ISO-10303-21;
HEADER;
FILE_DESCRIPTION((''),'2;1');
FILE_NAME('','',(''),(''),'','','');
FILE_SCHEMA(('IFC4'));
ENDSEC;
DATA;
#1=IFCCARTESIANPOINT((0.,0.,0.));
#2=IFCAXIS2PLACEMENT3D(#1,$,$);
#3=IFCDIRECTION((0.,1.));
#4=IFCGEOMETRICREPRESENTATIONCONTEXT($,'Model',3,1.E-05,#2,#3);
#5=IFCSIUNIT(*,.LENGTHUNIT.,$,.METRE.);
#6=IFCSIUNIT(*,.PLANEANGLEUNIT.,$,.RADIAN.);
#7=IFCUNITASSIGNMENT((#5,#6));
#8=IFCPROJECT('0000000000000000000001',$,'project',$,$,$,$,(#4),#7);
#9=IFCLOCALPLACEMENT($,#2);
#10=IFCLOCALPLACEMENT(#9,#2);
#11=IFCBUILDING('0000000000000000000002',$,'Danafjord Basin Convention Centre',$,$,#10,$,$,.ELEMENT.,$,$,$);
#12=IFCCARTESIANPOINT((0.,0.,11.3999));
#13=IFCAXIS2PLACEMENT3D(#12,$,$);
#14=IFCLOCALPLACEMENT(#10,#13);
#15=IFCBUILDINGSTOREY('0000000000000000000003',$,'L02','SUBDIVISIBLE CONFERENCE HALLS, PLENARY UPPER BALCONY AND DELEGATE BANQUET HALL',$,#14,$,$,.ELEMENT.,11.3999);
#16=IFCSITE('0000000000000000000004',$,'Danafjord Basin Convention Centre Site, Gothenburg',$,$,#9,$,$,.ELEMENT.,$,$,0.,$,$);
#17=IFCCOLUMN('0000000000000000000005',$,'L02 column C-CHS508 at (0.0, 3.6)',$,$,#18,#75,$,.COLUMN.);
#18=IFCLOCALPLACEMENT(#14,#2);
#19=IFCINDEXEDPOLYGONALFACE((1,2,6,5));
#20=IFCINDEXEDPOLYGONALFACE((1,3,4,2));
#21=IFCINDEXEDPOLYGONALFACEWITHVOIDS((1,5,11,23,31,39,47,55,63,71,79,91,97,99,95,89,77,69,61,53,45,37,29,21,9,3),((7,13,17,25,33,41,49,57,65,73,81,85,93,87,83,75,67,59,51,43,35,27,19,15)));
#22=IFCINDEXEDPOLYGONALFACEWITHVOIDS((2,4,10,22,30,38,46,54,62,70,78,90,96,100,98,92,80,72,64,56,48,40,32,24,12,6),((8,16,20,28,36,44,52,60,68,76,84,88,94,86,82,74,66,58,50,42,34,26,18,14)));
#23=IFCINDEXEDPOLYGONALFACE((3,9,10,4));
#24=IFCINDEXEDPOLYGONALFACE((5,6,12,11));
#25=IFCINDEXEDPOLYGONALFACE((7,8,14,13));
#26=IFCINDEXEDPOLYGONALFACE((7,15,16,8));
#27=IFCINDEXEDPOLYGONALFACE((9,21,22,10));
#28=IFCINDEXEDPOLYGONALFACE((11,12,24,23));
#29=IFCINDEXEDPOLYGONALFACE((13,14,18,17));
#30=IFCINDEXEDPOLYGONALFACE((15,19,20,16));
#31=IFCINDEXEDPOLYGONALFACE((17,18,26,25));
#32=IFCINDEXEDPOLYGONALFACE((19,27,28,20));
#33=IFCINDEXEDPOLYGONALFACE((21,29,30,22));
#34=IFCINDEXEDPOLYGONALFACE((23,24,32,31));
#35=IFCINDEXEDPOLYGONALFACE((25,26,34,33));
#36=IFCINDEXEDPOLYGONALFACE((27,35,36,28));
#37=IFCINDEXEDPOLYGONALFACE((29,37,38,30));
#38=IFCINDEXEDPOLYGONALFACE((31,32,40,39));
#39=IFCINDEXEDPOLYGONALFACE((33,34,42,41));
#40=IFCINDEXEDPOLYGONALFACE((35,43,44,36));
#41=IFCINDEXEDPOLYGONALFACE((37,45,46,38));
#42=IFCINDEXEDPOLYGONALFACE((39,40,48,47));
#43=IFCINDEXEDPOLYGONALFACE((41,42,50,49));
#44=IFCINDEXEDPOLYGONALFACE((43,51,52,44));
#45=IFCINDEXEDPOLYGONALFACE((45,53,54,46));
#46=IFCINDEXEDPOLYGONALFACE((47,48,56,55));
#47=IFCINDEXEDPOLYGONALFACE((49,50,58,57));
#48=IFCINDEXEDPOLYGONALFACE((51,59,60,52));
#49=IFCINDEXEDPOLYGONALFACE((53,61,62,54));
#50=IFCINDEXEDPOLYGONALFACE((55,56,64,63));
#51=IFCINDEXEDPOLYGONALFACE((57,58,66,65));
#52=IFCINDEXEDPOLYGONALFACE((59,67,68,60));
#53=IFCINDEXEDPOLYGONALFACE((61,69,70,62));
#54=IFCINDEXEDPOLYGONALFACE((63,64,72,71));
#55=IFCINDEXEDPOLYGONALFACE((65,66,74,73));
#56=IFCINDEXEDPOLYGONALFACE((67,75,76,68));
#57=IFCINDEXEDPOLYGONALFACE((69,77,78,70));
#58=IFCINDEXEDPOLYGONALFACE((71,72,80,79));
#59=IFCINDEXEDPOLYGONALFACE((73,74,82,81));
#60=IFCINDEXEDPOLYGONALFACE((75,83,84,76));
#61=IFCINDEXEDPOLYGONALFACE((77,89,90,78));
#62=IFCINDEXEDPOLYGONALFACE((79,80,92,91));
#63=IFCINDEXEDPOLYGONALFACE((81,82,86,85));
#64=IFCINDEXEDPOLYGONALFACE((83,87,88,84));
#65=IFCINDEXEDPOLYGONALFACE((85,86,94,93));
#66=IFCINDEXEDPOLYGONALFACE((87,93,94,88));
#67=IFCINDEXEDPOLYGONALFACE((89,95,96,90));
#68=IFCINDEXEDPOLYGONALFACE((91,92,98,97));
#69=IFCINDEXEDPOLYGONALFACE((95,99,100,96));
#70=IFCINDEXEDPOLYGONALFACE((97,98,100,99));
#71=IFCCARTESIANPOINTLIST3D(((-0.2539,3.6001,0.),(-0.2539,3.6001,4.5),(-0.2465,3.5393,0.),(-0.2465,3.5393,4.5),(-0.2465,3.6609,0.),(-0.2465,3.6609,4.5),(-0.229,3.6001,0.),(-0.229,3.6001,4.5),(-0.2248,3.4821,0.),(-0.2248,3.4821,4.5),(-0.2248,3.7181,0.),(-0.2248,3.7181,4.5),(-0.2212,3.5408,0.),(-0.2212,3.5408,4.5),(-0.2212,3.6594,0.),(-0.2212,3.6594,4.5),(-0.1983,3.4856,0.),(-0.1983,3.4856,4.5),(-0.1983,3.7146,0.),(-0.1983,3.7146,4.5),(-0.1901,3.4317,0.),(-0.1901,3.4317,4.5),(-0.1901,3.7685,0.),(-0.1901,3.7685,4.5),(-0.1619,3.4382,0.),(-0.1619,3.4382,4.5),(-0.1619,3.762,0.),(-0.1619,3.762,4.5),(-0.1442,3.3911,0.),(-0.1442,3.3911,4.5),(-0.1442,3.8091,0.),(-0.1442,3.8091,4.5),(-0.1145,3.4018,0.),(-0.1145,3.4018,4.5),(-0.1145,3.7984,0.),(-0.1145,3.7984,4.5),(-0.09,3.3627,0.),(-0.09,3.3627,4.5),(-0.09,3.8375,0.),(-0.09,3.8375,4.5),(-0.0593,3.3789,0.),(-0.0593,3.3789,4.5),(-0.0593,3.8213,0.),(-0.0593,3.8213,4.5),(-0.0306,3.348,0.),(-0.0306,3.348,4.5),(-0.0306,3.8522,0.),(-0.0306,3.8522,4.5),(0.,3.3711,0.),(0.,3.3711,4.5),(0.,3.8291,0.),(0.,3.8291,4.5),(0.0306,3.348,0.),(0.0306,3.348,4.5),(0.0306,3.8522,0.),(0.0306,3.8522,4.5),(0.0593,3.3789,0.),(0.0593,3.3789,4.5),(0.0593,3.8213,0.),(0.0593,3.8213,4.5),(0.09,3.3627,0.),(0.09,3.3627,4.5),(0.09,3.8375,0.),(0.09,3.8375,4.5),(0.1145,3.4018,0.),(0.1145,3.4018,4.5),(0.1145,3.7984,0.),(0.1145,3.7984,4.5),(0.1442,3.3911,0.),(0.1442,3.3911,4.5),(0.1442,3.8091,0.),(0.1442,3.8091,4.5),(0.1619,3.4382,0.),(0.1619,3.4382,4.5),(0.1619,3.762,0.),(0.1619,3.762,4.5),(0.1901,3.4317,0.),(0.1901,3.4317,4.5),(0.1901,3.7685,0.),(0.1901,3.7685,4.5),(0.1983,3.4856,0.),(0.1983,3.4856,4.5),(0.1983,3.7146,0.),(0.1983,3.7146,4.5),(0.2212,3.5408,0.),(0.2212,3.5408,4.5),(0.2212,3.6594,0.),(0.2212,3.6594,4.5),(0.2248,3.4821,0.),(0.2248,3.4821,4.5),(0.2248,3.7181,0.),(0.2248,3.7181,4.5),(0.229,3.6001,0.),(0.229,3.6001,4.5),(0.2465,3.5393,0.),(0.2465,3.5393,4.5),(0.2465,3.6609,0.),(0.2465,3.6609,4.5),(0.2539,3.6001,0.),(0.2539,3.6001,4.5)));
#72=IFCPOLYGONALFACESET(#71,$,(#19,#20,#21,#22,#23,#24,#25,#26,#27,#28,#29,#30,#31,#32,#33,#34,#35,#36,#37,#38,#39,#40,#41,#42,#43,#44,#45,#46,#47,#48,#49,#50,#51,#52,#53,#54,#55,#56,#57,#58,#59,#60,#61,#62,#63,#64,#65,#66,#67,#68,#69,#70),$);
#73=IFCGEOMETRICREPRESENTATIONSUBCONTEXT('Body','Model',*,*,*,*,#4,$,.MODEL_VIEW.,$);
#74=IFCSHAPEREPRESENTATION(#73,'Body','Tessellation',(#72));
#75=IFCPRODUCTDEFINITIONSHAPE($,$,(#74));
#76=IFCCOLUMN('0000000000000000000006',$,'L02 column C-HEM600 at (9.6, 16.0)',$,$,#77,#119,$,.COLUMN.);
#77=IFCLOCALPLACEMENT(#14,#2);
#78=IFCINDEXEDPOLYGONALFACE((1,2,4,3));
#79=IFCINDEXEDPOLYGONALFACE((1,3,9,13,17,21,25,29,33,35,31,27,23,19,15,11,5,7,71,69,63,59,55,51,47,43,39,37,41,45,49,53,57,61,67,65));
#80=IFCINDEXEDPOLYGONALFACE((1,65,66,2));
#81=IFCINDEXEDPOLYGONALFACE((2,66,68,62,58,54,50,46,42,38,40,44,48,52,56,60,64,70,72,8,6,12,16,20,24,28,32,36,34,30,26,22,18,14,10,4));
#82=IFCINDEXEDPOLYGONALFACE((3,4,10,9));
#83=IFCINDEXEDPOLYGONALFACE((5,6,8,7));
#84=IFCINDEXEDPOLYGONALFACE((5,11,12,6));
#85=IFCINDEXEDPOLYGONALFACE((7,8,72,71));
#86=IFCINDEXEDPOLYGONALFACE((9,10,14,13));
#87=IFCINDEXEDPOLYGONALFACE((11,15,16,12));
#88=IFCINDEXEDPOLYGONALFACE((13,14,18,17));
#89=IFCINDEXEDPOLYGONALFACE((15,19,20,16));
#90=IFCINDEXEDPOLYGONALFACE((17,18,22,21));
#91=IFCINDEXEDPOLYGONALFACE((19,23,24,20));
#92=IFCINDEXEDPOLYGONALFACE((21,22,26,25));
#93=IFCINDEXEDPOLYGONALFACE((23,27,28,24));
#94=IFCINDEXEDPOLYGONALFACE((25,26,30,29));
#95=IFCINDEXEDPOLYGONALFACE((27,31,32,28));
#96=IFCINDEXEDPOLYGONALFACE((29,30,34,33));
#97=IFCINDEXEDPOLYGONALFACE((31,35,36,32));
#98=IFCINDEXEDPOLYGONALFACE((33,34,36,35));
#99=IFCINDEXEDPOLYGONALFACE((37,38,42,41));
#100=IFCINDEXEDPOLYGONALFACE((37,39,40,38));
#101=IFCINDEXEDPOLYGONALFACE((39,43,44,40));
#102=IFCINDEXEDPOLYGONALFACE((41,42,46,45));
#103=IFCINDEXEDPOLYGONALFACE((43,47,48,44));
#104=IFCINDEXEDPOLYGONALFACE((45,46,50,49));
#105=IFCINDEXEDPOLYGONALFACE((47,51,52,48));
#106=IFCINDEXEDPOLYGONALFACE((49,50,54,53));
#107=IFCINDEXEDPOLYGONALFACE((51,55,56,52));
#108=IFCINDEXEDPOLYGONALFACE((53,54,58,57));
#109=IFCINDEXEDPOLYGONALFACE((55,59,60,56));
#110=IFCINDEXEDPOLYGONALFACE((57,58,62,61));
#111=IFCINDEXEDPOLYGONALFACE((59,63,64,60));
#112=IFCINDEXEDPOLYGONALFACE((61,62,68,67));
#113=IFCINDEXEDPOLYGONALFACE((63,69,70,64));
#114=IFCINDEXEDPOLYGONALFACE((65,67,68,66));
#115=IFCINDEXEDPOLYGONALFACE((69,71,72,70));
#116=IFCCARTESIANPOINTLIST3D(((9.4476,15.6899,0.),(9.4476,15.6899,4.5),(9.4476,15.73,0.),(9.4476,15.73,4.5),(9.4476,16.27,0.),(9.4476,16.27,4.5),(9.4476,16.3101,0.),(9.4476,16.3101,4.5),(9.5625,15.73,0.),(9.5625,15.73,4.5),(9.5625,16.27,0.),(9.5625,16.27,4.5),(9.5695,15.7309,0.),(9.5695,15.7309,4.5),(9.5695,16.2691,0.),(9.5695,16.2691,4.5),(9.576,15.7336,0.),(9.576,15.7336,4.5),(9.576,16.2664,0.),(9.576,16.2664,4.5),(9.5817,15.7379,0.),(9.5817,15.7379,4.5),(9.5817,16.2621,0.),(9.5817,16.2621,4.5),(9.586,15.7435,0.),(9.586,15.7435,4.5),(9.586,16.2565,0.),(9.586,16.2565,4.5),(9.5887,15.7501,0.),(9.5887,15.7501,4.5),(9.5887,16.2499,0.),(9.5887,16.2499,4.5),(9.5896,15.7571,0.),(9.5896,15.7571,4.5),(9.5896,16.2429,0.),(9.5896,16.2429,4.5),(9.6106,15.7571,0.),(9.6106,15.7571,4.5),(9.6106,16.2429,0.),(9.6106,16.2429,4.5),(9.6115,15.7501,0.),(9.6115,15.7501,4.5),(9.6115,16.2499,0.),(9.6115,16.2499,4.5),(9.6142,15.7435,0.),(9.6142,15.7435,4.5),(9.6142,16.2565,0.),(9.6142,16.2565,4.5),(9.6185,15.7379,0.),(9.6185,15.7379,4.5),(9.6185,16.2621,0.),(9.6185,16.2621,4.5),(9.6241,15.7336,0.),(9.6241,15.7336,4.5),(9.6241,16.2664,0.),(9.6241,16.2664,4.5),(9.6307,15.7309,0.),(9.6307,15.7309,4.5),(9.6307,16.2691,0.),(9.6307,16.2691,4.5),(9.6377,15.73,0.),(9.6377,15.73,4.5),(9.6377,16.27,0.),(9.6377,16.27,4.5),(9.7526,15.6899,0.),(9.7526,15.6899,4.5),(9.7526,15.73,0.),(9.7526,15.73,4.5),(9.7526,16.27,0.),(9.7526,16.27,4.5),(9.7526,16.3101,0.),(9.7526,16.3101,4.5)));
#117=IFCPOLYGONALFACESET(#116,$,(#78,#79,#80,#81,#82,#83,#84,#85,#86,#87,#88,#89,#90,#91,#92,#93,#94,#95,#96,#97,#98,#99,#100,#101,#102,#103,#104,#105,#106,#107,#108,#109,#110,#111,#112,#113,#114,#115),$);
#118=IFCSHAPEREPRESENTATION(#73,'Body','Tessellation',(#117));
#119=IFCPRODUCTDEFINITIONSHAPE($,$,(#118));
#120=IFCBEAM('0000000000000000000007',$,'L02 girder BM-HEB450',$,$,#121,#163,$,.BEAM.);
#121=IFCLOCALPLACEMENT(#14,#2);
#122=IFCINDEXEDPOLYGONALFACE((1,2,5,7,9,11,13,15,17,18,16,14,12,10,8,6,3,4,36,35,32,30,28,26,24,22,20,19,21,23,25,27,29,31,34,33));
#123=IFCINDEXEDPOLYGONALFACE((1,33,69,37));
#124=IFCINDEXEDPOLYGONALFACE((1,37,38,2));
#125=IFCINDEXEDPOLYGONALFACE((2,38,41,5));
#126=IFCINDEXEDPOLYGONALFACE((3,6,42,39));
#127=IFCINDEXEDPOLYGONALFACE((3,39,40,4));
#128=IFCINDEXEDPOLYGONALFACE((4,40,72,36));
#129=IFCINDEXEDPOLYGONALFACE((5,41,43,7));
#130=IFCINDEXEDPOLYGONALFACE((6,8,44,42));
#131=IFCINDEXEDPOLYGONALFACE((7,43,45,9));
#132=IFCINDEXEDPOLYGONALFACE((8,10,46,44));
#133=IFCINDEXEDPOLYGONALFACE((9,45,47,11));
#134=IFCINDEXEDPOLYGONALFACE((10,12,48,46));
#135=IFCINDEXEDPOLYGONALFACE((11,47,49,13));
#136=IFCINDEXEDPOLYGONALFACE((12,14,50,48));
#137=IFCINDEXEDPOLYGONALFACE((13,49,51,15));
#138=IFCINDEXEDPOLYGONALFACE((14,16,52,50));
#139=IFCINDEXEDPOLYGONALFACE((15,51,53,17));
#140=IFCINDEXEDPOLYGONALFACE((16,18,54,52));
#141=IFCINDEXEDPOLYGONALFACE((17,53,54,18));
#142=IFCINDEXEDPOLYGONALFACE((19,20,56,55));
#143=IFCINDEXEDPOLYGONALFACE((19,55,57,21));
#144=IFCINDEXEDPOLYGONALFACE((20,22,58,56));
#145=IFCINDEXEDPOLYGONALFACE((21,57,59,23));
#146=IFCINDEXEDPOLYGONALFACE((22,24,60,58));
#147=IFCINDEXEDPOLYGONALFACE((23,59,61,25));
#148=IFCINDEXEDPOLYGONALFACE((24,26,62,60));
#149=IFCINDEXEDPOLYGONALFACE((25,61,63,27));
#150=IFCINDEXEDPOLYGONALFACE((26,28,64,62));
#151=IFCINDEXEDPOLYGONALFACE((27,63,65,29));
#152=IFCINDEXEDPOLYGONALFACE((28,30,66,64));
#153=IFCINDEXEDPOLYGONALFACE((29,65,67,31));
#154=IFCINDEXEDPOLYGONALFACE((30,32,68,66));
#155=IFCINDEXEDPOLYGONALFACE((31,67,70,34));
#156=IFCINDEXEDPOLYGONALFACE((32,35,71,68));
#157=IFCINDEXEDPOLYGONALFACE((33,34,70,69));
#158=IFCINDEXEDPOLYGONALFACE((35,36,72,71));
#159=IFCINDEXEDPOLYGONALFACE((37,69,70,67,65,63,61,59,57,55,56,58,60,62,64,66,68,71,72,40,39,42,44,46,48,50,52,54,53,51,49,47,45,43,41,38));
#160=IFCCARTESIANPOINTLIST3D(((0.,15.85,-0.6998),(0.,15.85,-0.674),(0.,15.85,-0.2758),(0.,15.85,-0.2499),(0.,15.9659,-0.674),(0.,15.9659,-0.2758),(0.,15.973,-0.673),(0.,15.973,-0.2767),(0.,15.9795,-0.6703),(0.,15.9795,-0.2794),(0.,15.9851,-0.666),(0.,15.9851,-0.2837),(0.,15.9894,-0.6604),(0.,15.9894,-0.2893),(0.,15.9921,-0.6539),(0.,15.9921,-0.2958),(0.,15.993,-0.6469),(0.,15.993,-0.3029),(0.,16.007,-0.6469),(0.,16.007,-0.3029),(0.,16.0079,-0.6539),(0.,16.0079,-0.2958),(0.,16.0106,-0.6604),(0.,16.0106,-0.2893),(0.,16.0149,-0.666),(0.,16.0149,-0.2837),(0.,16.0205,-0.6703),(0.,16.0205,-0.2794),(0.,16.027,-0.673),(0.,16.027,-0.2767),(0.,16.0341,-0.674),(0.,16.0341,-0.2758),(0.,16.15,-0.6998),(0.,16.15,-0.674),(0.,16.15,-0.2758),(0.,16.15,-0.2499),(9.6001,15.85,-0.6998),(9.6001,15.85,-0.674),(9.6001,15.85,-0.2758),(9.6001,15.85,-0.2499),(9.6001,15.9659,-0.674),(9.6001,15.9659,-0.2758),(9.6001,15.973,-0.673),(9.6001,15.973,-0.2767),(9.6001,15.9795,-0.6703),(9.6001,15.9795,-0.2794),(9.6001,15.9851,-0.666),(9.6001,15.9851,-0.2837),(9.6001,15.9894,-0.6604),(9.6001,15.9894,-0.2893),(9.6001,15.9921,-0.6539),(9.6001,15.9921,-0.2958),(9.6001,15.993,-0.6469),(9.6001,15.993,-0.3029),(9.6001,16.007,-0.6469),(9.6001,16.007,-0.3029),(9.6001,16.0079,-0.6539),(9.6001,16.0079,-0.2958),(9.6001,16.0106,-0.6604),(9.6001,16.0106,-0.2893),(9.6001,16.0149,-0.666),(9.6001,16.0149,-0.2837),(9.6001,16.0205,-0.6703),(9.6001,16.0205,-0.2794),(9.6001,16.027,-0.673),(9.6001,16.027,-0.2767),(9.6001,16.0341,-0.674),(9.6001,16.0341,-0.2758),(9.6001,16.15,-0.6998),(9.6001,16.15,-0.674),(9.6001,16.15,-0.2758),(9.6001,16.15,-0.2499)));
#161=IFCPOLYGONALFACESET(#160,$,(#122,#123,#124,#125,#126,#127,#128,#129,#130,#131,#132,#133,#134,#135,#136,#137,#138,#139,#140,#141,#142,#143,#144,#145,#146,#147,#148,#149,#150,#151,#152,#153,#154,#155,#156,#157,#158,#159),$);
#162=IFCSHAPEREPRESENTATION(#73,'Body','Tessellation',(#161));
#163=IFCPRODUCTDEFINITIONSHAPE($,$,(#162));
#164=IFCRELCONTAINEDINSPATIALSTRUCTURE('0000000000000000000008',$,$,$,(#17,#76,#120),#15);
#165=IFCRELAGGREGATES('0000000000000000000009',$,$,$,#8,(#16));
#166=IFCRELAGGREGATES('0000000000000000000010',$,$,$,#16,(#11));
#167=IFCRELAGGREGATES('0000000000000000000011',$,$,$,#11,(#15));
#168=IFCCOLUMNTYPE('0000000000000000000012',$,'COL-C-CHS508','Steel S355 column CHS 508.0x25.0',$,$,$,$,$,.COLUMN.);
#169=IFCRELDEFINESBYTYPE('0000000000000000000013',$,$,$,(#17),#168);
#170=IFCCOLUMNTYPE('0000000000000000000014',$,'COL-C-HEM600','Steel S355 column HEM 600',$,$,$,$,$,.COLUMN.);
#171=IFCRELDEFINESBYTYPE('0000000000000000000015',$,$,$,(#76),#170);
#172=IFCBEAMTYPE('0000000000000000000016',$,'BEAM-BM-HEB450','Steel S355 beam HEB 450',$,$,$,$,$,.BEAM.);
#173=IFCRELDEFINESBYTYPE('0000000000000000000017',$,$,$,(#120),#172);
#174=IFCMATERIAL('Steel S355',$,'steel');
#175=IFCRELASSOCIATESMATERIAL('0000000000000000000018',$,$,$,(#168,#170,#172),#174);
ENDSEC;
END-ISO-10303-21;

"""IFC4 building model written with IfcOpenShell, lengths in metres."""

from ifc_helpers import new_model, si_unit, direction, frame, origin, origin_2d, place, context, subcontext, project, spatial, hollow_circle, i_section, extrude, material, material_profile, profile_set, type_object, element, save


model = new_model("IFC4")

# Units and contexts
model_context = context("Model", 3, precision=1e-05, world=origin(), true_north=direction((0.0, 1.0)))
body_context = subcontext(model_context, "Body", "Model", "MODEL_VIEW")
ifc_project = project(units=[si_unit("LENGTHUNIT", "METRE"), si_unit("PLANEANGLEUNIT", "RADIAN")], contexts=[model_context])

# Site, building, storey
site_placement = place(None, origin())
site = spatial("IfcSite", under=ifc_project, at=site_placement, Name="Danafjord Basin Convention Centre Site, Gothenburg", CompositionType="ELEMENT", RefElevation=0.0)
building_placement = place(site_placement, origin())
building = spatial("IfcBuilding", under=site, at=building_placement, Name="Danafjord Basin Convention Centre", CompositionType="ELEMENT")
storey_placement = place(building_placement, frame((0.0, 0.0, 11.3999)))
storey = spatial("IfcBuildingStorey", under=building, at=storey_placement, Name="L02", Description="SUBDIVISIBLE CONFERENCE HALLS, PLENARY UPPER BALCONY AND DELEGATE BANQUET HALL", CompositionType="ELEMENT", Elevation=11.3999)

# Columns
ifc_material_1 = material(Name="Steel S355", Category="steel")
ifc_material_profile_1 = material_profile(ifc_material_1, hollow_circle(Radius=0.2539, WallThickness=0.0249, at=origin_2d()), Name="CHS 508.0x25.0")
ifc_profile_set_1 = profile_set([ifc_material_profile_1], Name="Steel S355")
column_type_1 = type_object("IfcColumnType", Name="COL-C-CHS508", Description="Steel S355 column CHS 508.0x25.0", PredefinedType="COLUMN", material=ifc_profile_set_1)
for number, where, z_axis, x_axis, name in (
    (1, (0.0, 3.6001, 0.0), (0.0, 0.0, 1.0), (1.0, 0.0, 0.0), "L02 column C-CHS508 at (0.0, 3.6)"),
):
    element("IfcColumn", number, at=place(storey_placement, frame(where, z_axis=z_axis, x_axis=x_axis)), inside=storey, type_object=column_type_1, Name=name, PredefinedType="COLUMN", context=body_context, shape_type="SweptSolid", body=[
        extrude(hollow_circle(Radius=0.2539, WallThickness=0.0249, at=origin_2d()), origin(), (0.0, 0.0, 1.0), 4.5),
    ])
ifc_material_profile_2 = material_profile(ifc_material_1, i_section(OverallWidth=0.3049, OverallDepth=0.6201, WebThickness=0.021, FlangeThickness=0.04, FilletRadius=0.0271, at=origin_2d()), Name="HEM 600")
ifc_profile_set_2 = profile_set([ifc_material_profile_2], Name="Steel S355")
column_type_2 = type_object("IfcColumnType", Name="COL-C-HEM600", Description="Steel S355 column HEM 600", PredefinedType="COLUMN", material=ifc_profile_set_2)
column_placement = place(storey_placement, frame((9.6001, 16.0, 0.0), z_axis=(0.0, 0.0, 1.0), x_axis=(1.0, 0.0, 0.0)))
element("IfcColumn", 2, at=column_placement, inside=storey, type_object=column_type_2, Name="L02 column C-HEM600 at (9.6, 16.0)", PredefinedType="COLUMN", context=body_context, shape_type="SweptSolid", body=[
    extrude(i_section(OverallWidth=0.3049, OverallDepth=0.6201, WebThickness=0.021, FlangeThickness=0.04, FilletRadius=0.0271, at=origin_2d()), origin(), (0.0, 0.0, 1.0), 4.5),
])

# Beam
ifc_material_profile_3 = material_profile(ifc_material_1, i_section(OverallWidth=0.3, OverallDepth=0.45, WebThickness=0.0139, FlangeThickness=0.0259, FilletRadius=0.0271, at=origin_2d()), Name="HEB 450")
ifc_profile_set_3 = profile_set([ifc_material_profile_3], Name="Steel S355")
beam_type_1 = type_object("IfcBeamType", Name="BEAM-BM-HEB450", Description="Steel S355 beam HEB 450", PredefinedType="BEAM", material=ifc_profile_set_3)
beam_1_placement = place(storey_placement, frame((0.0, 16.0, -0.4749), z_axis=(1.0, 0.0, 0.0), x_axis=(0.0, 1.0, 0.0)))
element("IfcBeam", 3, at=beam_1_placement, inside=storey, type_object=beam_type_1, Name="L02 girder BM-HEB450", PredefinedType="BEAM", context=body_context, shape_type="SweptSolid", body=[
    extrude(i_section(OverallWidth=0.3, OverallDepth=0.45, WebThickness=0.0139, FlangeThickness=0.0259, FilletRadius=0.0271, at=origin_2d()), origin(), (0.0, 0.0, 1.0), 9.6001),
])

save(model, "model.ifc")
